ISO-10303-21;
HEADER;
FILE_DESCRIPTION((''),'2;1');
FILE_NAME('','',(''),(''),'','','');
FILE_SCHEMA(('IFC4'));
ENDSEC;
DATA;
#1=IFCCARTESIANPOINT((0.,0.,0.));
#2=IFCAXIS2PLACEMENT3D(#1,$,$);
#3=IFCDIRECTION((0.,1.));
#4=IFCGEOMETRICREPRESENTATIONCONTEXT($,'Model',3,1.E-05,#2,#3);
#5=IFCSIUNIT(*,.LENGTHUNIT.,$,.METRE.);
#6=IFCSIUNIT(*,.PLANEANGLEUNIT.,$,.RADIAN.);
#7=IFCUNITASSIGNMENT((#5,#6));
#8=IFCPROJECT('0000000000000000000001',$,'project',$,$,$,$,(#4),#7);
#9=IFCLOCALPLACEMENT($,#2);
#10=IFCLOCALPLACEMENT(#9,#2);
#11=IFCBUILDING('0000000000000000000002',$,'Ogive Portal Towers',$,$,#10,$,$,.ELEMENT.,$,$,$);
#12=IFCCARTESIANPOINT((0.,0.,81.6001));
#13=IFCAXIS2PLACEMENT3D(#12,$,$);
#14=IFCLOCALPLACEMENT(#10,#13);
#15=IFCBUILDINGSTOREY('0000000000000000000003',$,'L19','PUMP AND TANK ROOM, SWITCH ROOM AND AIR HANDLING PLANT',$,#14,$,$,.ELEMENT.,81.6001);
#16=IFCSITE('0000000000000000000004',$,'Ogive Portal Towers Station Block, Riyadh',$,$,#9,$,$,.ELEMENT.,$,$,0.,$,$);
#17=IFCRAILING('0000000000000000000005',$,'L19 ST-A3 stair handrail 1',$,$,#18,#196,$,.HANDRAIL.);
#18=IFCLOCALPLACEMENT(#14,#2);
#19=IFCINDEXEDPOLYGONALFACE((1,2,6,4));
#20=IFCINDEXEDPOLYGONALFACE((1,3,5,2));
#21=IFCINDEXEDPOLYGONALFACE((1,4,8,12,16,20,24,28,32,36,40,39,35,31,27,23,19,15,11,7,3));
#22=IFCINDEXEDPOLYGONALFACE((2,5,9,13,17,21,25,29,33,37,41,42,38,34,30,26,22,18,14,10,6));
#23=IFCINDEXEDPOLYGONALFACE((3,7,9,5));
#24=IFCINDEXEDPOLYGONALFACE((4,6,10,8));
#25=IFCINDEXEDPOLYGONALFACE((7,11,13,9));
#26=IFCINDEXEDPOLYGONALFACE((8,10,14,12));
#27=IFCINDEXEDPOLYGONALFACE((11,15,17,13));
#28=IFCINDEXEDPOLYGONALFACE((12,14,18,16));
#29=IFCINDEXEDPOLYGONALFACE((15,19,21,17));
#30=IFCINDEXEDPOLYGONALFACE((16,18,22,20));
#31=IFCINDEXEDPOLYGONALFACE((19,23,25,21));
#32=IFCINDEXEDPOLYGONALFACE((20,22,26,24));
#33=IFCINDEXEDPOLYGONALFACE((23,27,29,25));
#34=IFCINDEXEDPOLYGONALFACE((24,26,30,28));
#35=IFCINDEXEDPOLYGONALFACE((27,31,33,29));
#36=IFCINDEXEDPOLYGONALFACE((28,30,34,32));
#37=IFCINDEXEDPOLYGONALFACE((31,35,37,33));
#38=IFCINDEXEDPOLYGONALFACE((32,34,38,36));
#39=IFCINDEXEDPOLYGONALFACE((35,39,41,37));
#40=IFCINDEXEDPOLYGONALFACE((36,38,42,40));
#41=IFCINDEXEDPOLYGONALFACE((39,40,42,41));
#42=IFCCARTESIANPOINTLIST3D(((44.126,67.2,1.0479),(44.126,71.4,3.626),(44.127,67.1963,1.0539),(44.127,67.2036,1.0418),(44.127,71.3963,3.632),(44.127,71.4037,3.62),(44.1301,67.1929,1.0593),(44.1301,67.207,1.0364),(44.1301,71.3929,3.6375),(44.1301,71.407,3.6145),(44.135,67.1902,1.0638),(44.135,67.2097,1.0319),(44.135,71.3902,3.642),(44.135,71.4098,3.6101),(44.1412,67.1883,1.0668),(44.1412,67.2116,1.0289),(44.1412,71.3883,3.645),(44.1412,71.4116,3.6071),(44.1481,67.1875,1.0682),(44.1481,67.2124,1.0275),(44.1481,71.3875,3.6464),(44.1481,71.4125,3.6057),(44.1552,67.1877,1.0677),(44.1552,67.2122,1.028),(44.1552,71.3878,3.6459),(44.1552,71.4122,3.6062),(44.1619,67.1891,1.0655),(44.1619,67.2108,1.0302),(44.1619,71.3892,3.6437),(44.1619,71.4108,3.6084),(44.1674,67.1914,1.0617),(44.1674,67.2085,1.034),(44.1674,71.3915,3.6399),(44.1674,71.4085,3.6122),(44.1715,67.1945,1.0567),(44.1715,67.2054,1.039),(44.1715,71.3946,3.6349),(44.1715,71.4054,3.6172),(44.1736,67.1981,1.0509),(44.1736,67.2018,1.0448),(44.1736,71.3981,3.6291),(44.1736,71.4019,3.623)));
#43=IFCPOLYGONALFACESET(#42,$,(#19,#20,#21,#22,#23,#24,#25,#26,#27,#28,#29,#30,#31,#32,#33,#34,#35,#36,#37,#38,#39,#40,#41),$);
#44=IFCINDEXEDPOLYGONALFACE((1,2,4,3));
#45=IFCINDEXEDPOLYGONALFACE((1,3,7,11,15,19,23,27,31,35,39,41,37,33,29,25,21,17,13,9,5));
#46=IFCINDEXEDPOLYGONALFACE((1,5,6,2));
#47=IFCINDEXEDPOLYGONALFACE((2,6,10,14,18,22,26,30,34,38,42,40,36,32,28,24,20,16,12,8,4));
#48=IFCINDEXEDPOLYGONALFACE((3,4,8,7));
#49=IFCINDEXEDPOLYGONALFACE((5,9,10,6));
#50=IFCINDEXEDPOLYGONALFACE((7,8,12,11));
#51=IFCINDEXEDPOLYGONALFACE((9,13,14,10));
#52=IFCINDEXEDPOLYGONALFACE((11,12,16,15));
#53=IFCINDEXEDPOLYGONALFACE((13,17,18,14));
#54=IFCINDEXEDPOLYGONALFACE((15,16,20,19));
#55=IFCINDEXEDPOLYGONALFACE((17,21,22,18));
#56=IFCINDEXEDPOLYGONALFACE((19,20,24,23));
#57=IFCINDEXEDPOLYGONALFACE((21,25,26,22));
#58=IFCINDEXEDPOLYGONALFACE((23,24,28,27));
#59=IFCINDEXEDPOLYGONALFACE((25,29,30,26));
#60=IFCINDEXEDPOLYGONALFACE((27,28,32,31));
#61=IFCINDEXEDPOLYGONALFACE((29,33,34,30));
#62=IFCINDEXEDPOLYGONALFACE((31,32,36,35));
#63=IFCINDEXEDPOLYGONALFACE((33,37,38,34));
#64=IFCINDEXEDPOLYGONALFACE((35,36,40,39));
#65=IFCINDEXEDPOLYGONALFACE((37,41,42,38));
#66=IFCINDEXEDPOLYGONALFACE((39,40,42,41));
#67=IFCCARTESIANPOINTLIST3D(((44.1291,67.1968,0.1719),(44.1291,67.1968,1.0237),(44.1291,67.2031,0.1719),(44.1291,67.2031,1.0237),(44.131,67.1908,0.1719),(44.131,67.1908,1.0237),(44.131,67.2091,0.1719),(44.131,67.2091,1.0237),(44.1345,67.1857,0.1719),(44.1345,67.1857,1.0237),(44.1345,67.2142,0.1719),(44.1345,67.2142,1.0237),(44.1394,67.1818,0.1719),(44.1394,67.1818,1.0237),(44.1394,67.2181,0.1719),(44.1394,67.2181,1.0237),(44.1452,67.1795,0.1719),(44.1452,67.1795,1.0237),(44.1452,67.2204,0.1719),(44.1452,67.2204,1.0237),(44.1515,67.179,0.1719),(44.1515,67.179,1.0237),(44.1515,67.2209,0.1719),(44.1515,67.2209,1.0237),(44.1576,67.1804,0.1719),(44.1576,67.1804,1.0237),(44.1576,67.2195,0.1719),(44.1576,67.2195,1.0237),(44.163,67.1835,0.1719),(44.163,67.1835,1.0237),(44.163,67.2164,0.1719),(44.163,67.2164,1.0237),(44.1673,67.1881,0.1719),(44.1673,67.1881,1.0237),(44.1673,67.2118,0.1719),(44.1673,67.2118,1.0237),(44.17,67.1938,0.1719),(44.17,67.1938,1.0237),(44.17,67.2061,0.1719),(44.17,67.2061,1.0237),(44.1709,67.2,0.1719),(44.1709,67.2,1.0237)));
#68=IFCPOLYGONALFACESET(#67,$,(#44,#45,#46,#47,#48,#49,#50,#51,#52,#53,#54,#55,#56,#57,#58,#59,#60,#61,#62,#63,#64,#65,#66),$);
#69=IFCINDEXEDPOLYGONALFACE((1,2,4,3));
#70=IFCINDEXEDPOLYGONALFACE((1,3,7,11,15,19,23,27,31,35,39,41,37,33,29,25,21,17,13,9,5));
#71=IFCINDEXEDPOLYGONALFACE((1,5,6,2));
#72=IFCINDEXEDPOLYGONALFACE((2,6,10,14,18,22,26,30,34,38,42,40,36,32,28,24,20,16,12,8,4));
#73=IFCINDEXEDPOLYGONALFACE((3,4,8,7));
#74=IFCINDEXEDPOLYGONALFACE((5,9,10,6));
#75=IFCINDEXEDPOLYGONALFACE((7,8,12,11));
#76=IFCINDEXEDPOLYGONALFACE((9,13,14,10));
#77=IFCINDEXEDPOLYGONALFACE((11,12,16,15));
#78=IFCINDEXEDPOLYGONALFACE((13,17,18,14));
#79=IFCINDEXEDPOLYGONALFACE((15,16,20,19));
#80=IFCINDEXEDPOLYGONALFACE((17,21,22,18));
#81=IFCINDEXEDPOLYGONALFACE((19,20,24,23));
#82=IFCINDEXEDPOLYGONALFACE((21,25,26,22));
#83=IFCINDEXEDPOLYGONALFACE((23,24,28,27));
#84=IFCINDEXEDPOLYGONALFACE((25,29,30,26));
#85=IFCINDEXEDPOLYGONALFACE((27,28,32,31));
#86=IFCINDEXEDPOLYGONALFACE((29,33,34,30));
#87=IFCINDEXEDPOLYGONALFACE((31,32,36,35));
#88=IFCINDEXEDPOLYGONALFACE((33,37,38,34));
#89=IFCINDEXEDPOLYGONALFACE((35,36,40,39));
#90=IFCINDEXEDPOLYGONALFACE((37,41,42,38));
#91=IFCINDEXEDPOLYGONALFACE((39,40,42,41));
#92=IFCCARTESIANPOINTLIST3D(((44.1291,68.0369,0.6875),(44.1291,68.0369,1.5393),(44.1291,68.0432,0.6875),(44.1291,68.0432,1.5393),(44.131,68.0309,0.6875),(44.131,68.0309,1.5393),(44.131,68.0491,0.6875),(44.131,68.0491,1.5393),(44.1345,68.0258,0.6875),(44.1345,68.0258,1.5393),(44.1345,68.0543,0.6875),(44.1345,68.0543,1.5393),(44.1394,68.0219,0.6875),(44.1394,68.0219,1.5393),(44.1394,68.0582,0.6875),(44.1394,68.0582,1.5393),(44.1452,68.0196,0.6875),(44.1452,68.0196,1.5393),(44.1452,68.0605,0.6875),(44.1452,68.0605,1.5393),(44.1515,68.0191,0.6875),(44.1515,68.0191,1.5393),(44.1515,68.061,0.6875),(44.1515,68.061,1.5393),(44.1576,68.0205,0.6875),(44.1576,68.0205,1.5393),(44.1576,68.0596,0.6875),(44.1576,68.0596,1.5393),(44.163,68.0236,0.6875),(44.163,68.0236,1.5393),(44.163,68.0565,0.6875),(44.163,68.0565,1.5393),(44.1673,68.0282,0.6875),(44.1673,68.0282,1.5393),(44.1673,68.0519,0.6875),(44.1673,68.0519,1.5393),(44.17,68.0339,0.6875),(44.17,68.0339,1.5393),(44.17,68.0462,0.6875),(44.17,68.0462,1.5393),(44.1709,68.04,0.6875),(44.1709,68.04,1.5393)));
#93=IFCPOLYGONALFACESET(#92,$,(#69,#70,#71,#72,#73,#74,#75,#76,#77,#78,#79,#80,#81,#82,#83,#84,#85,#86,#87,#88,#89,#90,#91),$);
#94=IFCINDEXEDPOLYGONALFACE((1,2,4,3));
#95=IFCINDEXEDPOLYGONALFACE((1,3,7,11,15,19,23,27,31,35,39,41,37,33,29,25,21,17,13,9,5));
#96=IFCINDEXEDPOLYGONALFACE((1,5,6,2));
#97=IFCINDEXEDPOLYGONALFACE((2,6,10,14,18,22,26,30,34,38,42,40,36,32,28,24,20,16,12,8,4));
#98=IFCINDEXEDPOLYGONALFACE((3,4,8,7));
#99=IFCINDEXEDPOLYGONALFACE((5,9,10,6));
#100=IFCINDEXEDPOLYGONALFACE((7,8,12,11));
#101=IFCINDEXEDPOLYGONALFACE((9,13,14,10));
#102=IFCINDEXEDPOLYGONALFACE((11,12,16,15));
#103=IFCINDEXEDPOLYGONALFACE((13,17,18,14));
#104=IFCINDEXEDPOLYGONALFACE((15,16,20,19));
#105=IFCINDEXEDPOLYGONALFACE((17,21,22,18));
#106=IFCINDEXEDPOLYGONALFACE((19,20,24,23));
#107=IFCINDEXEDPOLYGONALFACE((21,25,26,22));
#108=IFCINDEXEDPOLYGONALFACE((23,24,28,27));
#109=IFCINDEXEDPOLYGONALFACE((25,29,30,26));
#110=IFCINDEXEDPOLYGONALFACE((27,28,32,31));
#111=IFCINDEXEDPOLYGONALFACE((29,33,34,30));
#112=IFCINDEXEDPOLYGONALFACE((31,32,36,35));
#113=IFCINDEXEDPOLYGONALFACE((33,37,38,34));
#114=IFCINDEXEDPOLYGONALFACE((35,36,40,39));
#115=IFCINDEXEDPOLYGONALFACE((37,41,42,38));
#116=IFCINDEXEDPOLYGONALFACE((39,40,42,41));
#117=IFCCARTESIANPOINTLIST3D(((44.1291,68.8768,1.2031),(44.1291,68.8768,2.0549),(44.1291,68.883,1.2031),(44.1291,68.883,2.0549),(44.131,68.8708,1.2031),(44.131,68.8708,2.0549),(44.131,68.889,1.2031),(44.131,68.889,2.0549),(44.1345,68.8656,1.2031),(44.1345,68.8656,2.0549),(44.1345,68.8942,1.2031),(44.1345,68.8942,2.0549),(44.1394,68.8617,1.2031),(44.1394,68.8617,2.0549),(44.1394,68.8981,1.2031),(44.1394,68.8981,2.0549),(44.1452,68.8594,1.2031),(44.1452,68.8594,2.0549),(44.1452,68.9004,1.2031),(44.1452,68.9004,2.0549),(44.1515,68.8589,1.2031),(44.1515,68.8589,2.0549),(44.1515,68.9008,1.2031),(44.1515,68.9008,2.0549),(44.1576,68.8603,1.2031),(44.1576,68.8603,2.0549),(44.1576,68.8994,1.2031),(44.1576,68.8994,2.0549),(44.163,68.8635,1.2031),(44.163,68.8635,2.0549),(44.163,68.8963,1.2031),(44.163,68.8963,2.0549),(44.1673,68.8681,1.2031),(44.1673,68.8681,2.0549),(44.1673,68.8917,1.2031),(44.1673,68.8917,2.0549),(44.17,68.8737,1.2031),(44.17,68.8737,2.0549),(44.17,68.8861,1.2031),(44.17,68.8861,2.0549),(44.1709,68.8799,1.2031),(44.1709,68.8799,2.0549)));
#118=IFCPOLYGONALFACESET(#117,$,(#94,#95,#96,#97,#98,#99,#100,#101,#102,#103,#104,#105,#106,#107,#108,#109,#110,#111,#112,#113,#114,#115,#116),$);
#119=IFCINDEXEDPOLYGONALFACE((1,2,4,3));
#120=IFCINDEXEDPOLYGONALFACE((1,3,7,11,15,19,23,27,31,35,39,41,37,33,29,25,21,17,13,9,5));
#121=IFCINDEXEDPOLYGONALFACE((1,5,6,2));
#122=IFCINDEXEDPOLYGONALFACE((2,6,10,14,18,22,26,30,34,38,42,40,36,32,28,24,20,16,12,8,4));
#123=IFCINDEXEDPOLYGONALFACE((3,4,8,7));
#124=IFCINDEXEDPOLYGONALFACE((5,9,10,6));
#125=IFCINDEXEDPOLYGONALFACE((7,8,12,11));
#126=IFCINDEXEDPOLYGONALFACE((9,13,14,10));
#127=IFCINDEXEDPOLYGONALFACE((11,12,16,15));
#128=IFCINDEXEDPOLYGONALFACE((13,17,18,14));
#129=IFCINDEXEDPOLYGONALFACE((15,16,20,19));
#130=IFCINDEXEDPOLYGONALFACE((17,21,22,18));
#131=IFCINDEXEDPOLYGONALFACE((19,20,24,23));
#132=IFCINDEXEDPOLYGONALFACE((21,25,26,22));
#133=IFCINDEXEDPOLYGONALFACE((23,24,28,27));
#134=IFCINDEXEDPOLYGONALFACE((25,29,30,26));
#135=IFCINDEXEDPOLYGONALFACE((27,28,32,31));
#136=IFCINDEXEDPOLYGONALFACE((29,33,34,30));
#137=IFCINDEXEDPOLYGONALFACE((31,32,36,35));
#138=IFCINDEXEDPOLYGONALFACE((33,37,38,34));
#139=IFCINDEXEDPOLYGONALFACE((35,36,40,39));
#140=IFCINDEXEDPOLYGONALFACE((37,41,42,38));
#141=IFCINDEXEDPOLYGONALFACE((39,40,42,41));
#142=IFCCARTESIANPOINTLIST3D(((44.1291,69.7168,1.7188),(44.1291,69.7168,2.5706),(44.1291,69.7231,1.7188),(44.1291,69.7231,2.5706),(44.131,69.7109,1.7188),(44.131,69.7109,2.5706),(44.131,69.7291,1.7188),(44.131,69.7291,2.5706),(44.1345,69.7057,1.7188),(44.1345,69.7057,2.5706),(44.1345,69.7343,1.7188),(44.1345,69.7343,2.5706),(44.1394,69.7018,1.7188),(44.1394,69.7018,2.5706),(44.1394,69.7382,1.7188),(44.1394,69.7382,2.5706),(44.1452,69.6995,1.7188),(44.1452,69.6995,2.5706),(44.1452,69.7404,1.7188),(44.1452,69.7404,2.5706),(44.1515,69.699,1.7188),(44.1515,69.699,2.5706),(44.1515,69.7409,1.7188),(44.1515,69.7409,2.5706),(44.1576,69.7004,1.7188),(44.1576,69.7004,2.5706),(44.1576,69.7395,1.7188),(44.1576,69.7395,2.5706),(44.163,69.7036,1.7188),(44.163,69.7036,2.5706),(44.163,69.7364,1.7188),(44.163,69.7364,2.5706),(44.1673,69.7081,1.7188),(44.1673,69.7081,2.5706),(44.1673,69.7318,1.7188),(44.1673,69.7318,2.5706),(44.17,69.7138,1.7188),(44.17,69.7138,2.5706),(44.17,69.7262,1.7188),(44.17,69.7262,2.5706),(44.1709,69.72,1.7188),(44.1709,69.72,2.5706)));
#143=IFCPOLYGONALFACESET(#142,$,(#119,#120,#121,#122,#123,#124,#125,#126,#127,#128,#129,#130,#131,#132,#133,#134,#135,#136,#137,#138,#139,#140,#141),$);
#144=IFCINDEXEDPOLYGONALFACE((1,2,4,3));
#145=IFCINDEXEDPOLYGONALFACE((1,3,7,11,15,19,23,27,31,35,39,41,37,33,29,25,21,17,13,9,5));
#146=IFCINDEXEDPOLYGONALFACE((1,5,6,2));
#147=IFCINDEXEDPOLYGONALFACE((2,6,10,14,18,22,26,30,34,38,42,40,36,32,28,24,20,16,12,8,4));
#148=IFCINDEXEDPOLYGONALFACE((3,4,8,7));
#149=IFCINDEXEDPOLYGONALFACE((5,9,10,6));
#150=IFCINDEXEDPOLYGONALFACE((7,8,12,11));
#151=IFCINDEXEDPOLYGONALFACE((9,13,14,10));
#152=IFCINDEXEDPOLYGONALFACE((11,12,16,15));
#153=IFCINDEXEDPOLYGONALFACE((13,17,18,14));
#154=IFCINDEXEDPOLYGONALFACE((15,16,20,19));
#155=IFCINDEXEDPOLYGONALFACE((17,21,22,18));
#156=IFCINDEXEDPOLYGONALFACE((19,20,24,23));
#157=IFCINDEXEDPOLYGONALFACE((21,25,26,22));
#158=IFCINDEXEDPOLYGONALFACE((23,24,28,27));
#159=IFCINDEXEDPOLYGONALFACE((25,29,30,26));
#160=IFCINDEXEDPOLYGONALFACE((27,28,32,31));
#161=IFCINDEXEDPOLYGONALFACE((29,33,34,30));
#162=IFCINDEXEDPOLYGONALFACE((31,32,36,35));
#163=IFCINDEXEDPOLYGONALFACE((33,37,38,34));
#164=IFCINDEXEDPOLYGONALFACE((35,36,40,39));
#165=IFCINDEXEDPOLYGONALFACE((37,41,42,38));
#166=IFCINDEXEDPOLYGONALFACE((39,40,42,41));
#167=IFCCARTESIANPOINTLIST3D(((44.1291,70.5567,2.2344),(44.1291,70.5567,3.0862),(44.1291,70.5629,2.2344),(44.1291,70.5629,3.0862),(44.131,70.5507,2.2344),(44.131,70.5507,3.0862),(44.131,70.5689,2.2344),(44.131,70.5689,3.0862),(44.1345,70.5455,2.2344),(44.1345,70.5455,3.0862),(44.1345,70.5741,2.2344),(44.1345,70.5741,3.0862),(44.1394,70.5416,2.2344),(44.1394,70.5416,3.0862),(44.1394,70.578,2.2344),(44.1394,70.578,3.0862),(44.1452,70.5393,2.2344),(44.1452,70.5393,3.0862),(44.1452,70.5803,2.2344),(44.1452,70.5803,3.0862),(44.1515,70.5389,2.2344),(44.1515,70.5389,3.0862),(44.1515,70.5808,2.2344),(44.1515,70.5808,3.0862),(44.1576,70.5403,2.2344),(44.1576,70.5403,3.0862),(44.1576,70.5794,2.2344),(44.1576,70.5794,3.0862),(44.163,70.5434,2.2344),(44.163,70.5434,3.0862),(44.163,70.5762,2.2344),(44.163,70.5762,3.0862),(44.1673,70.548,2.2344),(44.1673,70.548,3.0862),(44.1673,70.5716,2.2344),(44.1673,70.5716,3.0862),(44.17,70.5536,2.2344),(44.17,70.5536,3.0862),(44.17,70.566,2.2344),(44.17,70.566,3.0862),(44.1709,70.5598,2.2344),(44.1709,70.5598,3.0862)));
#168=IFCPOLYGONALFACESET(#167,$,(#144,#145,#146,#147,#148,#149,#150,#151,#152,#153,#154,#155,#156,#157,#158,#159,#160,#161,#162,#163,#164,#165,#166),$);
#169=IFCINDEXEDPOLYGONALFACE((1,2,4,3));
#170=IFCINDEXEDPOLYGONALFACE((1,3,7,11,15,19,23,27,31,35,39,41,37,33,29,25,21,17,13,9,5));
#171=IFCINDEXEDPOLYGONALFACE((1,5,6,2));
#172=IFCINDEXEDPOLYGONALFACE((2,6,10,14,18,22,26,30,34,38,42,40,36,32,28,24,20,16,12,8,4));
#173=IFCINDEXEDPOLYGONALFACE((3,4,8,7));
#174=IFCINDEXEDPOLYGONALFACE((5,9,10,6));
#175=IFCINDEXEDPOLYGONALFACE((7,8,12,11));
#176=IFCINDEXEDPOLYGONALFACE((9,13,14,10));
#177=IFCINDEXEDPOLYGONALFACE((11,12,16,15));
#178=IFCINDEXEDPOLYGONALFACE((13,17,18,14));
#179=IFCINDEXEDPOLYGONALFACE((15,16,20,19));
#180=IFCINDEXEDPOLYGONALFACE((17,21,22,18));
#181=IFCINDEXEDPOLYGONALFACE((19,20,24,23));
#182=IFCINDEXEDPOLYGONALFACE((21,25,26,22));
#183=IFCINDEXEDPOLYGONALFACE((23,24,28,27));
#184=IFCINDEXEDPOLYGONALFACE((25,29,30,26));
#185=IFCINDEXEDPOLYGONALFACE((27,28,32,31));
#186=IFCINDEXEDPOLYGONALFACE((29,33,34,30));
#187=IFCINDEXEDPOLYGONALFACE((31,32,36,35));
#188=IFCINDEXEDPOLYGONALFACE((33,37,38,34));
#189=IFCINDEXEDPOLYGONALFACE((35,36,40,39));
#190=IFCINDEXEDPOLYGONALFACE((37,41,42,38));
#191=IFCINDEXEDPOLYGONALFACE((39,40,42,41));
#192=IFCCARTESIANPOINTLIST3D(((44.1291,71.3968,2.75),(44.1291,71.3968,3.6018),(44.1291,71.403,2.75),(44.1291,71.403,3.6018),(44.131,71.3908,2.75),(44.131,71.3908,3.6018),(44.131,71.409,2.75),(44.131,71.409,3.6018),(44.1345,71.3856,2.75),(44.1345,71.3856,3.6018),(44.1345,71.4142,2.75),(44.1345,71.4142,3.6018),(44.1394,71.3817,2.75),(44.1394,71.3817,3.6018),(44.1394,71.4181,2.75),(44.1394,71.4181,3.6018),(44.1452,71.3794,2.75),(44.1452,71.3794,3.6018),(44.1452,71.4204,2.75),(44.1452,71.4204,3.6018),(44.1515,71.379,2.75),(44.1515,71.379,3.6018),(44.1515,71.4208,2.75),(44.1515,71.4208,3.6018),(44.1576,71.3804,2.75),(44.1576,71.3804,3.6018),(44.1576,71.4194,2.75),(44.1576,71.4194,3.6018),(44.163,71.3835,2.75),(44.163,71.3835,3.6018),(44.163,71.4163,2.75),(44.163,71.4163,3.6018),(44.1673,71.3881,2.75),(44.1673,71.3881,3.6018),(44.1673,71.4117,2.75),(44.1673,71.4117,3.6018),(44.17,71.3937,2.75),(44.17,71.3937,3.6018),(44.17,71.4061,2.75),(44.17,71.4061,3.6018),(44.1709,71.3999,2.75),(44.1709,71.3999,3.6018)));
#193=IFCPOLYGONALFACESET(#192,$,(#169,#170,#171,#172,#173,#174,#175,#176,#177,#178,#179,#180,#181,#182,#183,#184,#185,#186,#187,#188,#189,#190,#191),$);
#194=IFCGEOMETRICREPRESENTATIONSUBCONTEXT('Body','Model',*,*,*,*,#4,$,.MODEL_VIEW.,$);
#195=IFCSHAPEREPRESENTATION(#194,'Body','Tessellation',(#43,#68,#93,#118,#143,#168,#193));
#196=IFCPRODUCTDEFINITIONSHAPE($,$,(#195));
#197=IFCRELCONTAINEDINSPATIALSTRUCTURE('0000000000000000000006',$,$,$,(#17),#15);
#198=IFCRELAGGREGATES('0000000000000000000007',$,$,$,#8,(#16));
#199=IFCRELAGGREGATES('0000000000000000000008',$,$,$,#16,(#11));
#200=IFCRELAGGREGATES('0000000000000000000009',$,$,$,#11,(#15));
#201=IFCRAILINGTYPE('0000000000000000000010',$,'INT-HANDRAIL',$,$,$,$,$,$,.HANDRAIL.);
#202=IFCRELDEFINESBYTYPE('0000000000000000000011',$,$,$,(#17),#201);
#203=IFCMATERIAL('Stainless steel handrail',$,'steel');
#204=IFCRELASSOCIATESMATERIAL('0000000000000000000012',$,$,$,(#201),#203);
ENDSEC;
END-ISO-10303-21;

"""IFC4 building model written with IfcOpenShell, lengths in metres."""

from ifc_helpers import new_model, si_unit, direction, frame, origin, origin_2d, place, context, subcontext, project, spatial, circle, extrude, material, type_object, element, save


model = new_model("IFC4")

# Units and contexts
model_context = context("Model", 3, precision=1e-05, world=origin(), true_north=direction((0.0, 1.0)))
body_context = subcontext(model_context, "Body", "Model", "MODEL_VIEW")
ifc_project = project(units=[si_unit("LENGTHUNIT", "METRE"), si_unit("PLANEANGLEUNIT", "RADIAN")], contexts=[model_context])

# Site, building, storey
site_placement = place(None, origin())
site = spatial("IfcSite", under=ifc_project, at=site_placement, Name="Ogive Portal Towers Station Block, Riyadh", CompositionType="ELEMENT", RefElevation=0.0)
building_placement = place(site_placement, origin())
building = spatial("IfcBuilding", under=site, at=building_placement, Name="Ogive Portal Towers", CompositionType="ELEMENT")
storey_placement = place(building_placement, frame((0.0, 0.0, 81.6001)))
storey = spatial("IfcBuildingStorey", under=building, at=storey_placement, Name="L19", Description="PUMP AND TANK ROOM, SWITCH ROOM AND AIR HANDLING PLANT", CompositionType="ELEMENT", Elevation=81.6001)

# Railing
ifc_material_1 = material(Name="Stainless steel handrail", Category="steel")
railing_type_1 = type_object("IfcRailingType", Name="INT-HANDRAIL", PredefinedType="HANDRAIL", material=ifc_material_1)
railing_1_placement = place(storey_placement, frame((44.1499, 67.2, 0.1719)))
element("IfcRailing", 1, at=railing_1_placement, inside=storey, type_object=railing_type_1, Name="L19 ST-A3 stair handrail 1", PredefinedType="HANDRAIL", context=body_context, shape_type="SweptSolid", body=[
    extrude(circle(Radius=0.0239, at=origin_2d()), frame((0.0, 0.0, 0.876), z_axis=(0.0, 0.852243, 0.523146), x_axis=(-1.0, 0.0, 0.0)), (0.0, 0.0, 1.0), 4.9282),
    extrude(circle(Radius=0.021, at=origin_2d()), origin(), (0.0, 0.0, 1.0), 0.8518),
    extrude(circle(Radius=0.021, at=origin_2d()), frame((0.0, 0.8401, 0.5156)), (0.0, 0.0, 1.0), 0.8518),
    extrude(circle(Radius=0.021, at=origin_2d()), frame((0.0, 1.6799, 1.0312)), (0.0, 0.0, 1.0), 0.8518),
    extrude(circle(Radius=0.021, at=origin_2d()), frame((0.0, 2.52, 1.5469)), (0.0, 0.0, 1.0), 0.8518),
    extrude(circle(Radius=0.021, at=origin_2d()), frame((0.0, 3.3599, 2.0625)), (0.0, 0.0, 1.0), 0.8518),
    extrude(circle(Radius=0.021, at=origin_2d()), frame((0.0, 4.2, 2.5781)), (0.0, 0.0, 1.0), 0.8518),
])

save(model, "model.ifc")
